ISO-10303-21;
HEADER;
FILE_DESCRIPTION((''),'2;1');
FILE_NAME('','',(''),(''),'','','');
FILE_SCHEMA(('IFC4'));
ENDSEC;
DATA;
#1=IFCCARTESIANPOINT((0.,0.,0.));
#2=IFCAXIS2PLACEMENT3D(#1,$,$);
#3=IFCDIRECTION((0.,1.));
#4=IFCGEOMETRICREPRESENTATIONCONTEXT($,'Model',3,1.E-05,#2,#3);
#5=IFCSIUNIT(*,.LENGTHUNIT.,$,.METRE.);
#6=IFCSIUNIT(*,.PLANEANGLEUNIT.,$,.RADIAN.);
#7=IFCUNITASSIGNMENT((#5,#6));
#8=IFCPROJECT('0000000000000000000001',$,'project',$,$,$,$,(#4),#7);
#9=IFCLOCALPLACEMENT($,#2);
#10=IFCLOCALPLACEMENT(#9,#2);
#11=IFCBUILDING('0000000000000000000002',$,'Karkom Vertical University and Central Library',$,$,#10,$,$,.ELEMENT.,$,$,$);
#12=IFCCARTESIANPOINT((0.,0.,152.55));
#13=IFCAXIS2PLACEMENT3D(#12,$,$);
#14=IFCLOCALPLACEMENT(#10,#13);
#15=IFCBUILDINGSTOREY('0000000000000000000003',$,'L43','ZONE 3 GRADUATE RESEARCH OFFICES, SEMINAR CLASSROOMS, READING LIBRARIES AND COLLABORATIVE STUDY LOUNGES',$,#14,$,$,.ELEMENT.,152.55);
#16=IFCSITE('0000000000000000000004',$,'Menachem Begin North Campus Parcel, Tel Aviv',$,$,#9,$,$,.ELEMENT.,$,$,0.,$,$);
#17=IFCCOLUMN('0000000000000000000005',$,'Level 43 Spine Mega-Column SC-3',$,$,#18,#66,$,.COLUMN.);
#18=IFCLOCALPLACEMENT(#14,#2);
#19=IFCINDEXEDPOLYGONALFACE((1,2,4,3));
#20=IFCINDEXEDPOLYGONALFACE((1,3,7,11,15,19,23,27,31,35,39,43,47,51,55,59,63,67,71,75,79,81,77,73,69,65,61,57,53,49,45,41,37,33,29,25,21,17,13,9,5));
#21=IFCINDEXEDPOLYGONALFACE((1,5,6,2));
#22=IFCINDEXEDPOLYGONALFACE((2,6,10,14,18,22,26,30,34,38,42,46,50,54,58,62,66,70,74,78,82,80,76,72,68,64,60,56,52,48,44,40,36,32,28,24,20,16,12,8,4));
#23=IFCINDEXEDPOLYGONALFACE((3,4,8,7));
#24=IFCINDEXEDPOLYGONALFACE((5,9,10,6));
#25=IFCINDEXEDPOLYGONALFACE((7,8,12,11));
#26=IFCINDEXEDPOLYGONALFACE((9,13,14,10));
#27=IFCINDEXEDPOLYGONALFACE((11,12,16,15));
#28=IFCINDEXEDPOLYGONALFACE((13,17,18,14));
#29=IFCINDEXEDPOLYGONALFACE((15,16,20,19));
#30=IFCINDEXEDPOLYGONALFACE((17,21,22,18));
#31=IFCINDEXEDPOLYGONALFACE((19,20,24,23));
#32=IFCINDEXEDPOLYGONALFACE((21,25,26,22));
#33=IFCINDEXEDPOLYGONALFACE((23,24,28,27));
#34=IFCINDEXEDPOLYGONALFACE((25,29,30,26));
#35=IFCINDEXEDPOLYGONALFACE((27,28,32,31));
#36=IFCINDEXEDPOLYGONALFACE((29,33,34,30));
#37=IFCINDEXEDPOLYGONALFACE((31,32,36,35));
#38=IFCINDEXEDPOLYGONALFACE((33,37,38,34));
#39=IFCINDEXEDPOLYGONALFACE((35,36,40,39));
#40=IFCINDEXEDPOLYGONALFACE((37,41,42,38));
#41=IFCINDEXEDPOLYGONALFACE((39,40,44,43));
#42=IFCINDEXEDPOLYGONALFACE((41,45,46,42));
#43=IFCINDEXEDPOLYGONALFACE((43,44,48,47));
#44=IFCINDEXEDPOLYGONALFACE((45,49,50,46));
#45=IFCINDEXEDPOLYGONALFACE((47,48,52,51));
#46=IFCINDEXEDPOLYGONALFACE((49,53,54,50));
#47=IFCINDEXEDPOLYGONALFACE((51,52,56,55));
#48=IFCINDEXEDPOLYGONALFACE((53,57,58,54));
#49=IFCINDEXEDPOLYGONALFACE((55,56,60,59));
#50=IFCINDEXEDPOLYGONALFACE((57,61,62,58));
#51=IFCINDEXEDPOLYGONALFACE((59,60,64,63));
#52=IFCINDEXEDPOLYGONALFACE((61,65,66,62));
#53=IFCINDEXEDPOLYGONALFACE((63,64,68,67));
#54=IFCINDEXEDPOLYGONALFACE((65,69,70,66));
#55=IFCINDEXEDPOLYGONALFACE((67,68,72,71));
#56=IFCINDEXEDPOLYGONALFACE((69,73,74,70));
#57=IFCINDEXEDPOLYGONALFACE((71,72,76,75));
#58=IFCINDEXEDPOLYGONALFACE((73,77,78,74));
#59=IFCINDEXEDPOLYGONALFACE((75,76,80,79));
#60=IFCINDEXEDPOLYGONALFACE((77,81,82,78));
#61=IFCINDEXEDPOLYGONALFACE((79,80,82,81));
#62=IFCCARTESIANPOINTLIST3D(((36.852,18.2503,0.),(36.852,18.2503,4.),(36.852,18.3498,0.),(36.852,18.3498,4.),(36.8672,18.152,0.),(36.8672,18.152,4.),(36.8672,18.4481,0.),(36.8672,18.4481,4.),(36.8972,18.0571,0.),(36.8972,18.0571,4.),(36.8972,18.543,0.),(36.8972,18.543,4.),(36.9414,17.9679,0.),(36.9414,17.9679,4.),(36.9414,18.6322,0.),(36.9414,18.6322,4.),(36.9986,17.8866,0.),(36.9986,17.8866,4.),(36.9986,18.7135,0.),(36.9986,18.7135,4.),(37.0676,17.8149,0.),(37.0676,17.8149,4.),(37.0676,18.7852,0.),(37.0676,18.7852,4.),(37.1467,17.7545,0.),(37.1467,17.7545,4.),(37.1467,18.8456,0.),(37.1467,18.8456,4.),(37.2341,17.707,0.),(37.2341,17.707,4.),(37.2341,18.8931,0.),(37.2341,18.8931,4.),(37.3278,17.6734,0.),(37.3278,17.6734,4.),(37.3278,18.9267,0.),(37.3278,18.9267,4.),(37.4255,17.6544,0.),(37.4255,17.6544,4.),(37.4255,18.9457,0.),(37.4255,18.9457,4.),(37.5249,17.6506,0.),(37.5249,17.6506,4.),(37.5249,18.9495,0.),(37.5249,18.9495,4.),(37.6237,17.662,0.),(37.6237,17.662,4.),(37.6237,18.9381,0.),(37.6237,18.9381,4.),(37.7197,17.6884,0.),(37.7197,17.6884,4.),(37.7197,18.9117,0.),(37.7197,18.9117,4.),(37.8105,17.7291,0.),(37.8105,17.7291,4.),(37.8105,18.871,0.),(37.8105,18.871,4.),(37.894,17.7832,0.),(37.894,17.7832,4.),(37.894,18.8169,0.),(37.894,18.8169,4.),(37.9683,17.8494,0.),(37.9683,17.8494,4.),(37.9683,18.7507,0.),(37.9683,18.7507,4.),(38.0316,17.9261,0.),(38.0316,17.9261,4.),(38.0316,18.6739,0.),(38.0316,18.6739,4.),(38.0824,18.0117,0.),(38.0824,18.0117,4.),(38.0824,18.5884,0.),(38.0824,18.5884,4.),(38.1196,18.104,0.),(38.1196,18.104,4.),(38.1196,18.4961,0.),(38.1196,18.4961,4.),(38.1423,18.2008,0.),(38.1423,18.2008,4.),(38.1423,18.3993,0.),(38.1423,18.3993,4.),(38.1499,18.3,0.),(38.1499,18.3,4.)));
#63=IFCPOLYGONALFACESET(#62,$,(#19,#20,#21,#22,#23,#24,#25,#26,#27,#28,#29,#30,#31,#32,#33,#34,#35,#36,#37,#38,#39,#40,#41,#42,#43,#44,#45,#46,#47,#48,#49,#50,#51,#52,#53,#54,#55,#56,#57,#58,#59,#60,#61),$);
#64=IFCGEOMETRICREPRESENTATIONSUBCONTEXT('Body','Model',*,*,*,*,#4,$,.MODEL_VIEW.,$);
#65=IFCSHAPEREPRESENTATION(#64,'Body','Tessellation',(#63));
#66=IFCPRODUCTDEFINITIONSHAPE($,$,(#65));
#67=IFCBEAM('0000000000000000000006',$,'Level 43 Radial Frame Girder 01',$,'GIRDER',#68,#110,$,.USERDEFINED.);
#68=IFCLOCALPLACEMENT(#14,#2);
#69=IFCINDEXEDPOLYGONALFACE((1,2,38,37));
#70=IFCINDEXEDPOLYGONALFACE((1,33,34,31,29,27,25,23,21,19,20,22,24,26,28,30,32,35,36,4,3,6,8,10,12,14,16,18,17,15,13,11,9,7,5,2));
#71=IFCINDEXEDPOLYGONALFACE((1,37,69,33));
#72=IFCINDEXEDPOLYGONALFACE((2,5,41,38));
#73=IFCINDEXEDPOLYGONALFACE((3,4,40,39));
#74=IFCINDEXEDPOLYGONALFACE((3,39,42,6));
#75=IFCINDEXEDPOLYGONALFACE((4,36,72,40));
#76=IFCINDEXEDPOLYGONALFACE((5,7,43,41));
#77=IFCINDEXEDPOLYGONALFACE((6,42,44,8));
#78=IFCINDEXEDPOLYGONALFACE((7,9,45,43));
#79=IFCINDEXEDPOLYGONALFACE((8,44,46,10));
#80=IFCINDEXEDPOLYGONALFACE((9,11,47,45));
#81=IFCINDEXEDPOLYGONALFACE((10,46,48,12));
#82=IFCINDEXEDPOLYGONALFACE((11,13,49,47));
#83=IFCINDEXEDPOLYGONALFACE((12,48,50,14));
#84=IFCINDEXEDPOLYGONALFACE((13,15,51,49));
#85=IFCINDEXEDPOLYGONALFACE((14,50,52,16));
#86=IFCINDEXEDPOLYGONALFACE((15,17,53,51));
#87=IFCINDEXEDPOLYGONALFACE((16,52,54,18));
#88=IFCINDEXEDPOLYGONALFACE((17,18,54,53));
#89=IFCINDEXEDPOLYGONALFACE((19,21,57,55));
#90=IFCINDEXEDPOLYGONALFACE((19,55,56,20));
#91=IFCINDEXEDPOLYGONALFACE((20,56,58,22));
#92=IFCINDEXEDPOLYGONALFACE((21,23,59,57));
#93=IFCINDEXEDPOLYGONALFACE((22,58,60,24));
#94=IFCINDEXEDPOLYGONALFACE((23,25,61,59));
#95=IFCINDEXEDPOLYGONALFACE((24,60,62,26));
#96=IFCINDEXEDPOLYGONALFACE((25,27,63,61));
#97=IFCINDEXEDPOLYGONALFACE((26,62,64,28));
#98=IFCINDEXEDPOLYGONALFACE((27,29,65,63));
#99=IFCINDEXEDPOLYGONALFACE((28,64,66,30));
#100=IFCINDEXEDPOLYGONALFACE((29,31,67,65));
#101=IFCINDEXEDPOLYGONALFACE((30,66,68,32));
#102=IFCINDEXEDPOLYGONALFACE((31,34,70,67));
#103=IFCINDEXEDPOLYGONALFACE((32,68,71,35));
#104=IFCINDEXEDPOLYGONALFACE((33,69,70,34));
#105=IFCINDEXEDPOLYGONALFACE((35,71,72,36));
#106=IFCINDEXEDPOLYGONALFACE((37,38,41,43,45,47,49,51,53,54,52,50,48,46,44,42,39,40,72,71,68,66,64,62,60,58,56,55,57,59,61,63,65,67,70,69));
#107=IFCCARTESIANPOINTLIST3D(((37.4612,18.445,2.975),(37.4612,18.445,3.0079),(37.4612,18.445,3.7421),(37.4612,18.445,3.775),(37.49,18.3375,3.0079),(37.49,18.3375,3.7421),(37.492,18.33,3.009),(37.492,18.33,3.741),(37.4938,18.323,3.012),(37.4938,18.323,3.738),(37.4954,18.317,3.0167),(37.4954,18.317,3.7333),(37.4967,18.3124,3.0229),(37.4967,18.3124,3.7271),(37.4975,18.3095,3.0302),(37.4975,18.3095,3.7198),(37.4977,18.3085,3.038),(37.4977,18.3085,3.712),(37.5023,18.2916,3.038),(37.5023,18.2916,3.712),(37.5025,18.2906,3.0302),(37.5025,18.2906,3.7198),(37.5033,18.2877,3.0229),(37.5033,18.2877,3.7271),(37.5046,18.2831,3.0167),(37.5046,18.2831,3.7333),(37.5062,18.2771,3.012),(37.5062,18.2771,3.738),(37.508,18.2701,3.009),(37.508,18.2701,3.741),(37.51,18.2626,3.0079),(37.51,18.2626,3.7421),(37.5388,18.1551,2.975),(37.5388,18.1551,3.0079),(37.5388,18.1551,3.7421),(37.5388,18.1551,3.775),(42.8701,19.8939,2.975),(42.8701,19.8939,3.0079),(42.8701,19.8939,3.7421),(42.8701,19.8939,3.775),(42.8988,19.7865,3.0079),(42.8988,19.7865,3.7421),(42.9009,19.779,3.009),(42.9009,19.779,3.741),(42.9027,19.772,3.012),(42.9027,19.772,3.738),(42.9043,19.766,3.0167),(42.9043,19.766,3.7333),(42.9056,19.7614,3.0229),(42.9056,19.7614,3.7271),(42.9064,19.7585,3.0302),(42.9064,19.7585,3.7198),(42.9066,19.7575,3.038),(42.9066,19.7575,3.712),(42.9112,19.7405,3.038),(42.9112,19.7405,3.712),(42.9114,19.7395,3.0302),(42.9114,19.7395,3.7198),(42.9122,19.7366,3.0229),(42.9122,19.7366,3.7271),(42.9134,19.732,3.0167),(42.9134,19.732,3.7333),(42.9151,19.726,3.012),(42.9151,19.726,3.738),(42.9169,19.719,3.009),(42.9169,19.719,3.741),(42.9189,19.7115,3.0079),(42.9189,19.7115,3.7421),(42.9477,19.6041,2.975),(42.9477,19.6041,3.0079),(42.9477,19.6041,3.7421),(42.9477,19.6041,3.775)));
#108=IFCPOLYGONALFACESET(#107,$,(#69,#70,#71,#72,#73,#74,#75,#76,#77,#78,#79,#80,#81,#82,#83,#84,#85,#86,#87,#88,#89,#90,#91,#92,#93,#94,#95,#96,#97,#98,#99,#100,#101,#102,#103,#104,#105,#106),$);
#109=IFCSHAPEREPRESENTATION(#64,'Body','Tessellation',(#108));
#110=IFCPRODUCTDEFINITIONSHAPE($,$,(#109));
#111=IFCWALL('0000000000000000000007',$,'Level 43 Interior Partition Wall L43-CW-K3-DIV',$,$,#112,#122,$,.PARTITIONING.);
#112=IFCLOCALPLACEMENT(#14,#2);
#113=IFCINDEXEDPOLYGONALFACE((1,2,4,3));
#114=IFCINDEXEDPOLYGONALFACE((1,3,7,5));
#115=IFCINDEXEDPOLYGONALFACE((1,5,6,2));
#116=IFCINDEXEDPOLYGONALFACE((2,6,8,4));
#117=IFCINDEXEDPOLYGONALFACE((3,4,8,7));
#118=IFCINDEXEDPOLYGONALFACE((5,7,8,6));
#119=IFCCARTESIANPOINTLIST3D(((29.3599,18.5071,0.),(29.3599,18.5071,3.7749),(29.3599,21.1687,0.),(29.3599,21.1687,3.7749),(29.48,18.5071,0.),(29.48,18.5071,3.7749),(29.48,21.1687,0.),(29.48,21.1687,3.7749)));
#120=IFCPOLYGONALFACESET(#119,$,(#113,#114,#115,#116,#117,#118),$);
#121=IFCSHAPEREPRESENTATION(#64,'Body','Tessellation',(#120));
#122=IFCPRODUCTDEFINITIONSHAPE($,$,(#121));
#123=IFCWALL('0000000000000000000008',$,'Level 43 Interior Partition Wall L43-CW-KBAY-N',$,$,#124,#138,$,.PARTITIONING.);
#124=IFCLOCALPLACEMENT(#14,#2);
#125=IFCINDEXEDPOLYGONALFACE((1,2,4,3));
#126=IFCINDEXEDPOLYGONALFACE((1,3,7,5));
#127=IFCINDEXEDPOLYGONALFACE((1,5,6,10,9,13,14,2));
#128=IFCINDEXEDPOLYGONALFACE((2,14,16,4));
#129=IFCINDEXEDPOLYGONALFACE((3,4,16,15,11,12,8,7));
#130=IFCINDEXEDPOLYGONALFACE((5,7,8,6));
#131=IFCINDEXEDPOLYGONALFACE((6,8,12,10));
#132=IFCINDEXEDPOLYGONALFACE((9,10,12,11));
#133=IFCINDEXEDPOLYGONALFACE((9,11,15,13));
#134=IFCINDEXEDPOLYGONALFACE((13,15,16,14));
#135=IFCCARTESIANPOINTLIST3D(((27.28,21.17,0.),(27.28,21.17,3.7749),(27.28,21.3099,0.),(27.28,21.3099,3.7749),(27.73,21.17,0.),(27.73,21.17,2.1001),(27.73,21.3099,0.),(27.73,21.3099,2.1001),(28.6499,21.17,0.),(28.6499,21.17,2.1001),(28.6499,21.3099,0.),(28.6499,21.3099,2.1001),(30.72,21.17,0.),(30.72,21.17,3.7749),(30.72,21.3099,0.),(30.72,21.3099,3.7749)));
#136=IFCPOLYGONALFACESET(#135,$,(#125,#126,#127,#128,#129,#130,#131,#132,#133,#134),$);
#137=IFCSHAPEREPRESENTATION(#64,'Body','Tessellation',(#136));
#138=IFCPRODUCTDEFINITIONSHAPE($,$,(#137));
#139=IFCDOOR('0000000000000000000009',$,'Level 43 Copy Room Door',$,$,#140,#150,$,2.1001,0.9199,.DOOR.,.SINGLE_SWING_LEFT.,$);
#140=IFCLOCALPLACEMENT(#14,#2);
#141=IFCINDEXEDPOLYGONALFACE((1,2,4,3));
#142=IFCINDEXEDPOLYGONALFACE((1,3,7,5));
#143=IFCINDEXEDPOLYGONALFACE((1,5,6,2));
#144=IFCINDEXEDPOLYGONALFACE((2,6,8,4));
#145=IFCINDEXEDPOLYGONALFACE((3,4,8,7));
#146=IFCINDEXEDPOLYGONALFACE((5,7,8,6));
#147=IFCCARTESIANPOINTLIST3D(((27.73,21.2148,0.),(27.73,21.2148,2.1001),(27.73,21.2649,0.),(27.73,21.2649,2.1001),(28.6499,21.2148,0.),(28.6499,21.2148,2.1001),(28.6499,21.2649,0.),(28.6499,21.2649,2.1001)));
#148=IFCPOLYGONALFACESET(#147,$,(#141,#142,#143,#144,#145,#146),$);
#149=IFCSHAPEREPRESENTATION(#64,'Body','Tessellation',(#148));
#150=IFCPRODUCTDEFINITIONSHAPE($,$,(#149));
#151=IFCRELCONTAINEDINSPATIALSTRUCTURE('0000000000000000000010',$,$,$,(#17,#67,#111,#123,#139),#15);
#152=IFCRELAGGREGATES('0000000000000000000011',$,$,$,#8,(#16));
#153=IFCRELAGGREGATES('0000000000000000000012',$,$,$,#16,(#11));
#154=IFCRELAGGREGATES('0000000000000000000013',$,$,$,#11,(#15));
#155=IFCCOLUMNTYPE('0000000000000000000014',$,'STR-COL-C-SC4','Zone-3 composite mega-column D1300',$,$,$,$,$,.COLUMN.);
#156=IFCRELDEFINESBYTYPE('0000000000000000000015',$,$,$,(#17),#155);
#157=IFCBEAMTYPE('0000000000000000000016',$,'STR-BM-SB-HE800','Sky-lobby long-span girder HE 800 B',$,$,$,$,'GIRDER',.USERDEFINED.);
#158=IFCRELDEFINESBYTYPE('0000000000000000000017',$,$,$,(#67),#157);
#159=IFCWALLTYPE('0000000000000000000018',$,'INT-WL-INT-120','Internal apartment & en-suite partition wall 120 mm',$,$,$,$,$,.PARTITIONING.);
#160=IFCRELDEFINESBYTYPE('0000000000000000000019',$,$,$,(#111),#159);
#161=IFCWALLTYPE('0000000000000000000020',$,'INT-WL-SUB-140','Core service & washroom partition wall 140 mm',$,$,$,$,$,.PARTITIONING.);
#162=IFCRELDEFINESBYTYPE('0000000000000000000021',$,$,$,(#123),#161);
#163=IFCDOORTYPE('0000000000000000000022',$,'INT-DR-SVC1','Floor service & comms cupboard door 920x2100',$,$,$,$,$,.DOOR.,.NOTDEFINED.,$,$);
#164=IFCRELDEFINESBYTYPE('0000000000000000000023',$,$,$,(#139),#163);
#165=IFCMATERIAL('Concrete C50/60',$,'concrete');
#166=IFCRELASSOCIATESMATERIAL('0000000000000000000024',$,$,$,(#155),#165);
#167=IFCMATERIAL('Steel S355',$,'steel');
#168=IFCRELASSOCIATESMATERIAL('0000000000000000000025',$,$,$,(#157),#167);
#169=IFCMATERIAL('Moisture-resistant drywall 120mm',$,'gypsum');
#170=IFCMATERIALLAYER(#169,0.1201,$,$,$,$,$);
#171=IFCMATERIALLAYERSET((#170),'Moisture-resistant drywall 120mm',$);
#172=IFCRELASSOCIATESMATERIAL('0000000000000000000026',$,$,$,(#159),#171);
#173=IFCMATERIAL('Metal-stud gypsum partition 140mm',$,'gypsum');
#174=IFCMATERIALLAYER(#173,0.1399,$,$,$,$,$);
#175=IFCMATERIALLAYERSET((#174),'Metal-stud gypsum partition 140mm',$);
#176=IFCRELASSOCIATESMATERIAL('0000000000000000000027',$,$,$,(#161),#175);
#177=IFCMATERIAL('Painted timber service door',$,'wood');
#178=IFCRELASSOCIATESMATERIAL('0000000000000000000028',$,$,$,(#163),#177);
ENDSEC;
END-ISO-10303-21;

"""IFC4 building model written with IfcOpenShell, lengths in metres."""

from ifc_helpers import new_model, si_unit, direction, frame, frame_2d, origin, origin_with_axes, origin_2d, place, context, subcontext, project, spatial, rectangle, circle, i_section, extrude, source, transform, mapped, material, layer, layer_set, material_profile, profile_set, type_object, element, fill, save


model = new_model("IFC4")

# Units and contexts
model_context = context("Model", 3, precision=1e-05, world=origin(), true_north=direction((0.0, 1.0)))
body_context = subcontext(model_context, "Body", "Model", "MODEL_VIEW")
ifc_project = project(units=[si_unit("LENGTHUNIT", "METRE"), si_unit("PLANEANGLEUNIT", "RADIAN")], contexts=[model_context])

# Site, building, storey
site_placement = place(None, origin())
site = spatial("IfcSite", under=ifc_project, at=site_placement, Name="Menachem Begin North Campus Parcel, Tel Aviv", CompositionType="ELEMENT", RefElevation=0.0)
building_placement = place(site_placement, origin())
building = spatial("IfcBuilding", under=site, at=building_placement, Name="Karkom Vertical University and Central Library", CompositionType="ELEMENT")
storey_placement = place(building_placement, frame((0.0, 0.0, 152.55)))
storey = spatial("IfcBuildingStorey", under=building, at=storey_placement, Name="L43", Description="ZONE 3 GRADUATE RESEARCH OFFICES, SEMINAR CLASSROOMS, READING LIBRARIES AND COLLABORATIVE STUDY LOUNGES", CompositionType="ELEMENT", Elevation=152.55)

# Column
ifc_material_1 = material(Name="Concrete C50/60", Category="concrete")
ifc_material_profile_1 = material_profile(ifc_material_1, circle(Radius=0.6499, at=origin_2d()), Name="CFT-D1300")
ifc_profile_set_1 = profile_set([ifc_material_profile_1], Name="Concrete C50/60")
column_type = type_object("IfcColumnType", Name="STR-COL-C-SC4", Description="Zone-3 composite mega-column D1300", PredefinedType="COLUMN", material=ifc_profile_set_1)
shared_shape_1 = source(origin_with_axes(), body_context, "Body", "SweptSolid", [
    extrude(circle(Radius=0.6499, at=origin_2d()), origin(), (0.0, 0.0, 1.0), 4.0),
])
column_placement = place(storey_placement, frame((37.5, 18.3, 0.0), z_axis=(0.0, 0.0, 1.0), x_axis=(1.0, 0.0, 0.0)))
element("IfcColumn", 1, at=column_placement, inside=storey, type_object=column_type, Name="Level 43 Spine Mega-Column SC-3", PredefinedType="COLUMN", context=body_context, shape_type="MappedRepresentation", body=[
    mapped(shared_shape_1, transform((0.0, 0.0, 0.0), scale=1.0)),
])

# Beam
ifc_material_2 = material(Name="Steel S355", Category="steel")
ifc_material_profile_2 = material_profile(ifc_material_2, i_section(OverallWidth=0.3, OverallDepth=0.8, WebThickness=0.0176, FlangeThickness=0.033, FilletRadius=0.03, at=origin_2d()), Name="HE 800 B")
ifc_profile_set_2 = profile_set([ifc_material_profile_2], Name="Steel S355")
beam_type = type_object("IfcBeamType", Name="STR-BM-SB-HE800", Description="Sky-lobby long-span girder HE 800 B", ElementType="GIRDER", PredefinedType="USERDEFINED", material=ifc_profile_set_2)
shared_shape_2 = source(origin_with_axes(), body_context, "Body", "SweptSolid", [
    extrude(i_section(OverallWidth=0.3, OverallDepth=0.8, WebThickness=0.0176, FlangeThickness=0.033, FilletRadius=0.03, at=origin_2d()), origin(), (0.0, 0.0, 1.0), 5.5996),
])
beam_placement = place(storey_placement, frame((37.5, 18.3, 3.375), z_axis=(0.965941, 0.258762, 0.0), x_axis=(-0.258762, 0.965941, 0.0)))
element("IfcBeam", 2, at=beam_placement, inside=storey, type_object=beam_type, Name="Level 43 Radial Frame Girder 01", ObjectType="GIRDER", PredefinedType="USERDEFINED", context=body_context, shape_type="MappedRepresentation", body=[
    mapped(shared_shape_2, transform((0.0, 0.0, 0.0), scale=1.0)),
])

# Wall
ifc_material_3 = material(Name="Moisture-resistant drywall 120mm", Category="gypsum")
ifc_layer_1 = layer(ifc_material_3, 0.1201)
ifc_layer_set_1 = layer_set([ifc_layer_1], Name="Moisture-resistant drywall 120mm")
wall_type_1 = type_object("IfcWallType", Name="INT-WL-INT-120", Description="Internal apartment & en-suite partition wall 120 mm", PredefinedType="PARTITIONING", material=ifc_layer_set_1)
wall_1_placement = place(storey_placement, frame((29.4199, 18.5071, 0.0), z_axis=(0.0, 0.0, 1.0), x_axis=(0.0, 1.0, 0.0)))
element("IfcWall", 3, at=wall_1_placement, inside=storey, type_object=wall_type_1, Name="Level 43 Interior Partition Wall L43-CW-K3-DIV", PredefinedType="PARTITIONING", context=body_context, shape_type="SweptSolid", body=[
    extrude(rectangle(XDim=2.6616, YDim=0.1201, at=frame_2d((1.3308, 0.0))), origin(), (0.0, 0.0, 1.0), 3.7749),
])

# Wall, opening, door
ifc_material_4 = material(Name="Metal-stud gypsum partition 140mm", Category="gypsum")
ifc_layer_2 = layer(ifc_material_4, 0.1399)
ifc_layer_set_2 = layer_set([ifc_layer_2], Name="Metal-stud gypsum partition 140mm")
wall_type_2 = type_object("IfcWallType", Name="INT-WL-SUB-140", Description="Core service & washroom partition wall 140 mm", PredefinedType="PARTITIONING", material=ifc_layer_set_2)
wall_2_placement = place(storey_placement, frame((27.28, 21.24, 0.0), z_axis=(0.0, 0.0, 1.0), x_axis=(1.0, 0.0, 0.0)))
wall_2 = element("IfcWall", 4, at=wall_2_placement, inside=storey, type_object=wall_type_2, Name="Level 43 Interior Partition Wall L43-CW-KBAY-N", PredefinedType="PARTITIONING", context=body_context, shape_type="SweptSolid", body=[
    extrude(rectangle(XDim=3.4399, YDim=0.1399, at=frame_2d((1.72, 0.0))), origin(), (0.0, 0.0, 1.0), 3.7749),
])
opening_1_placement = place(wall_2_placement, frame((0.45, 0.0, 0.0)))
opening_1 = element("IfcOpeningElement", 5, at=opening_1_placement, cuts=wall_2, PredefinedType="OPENING", context=body_context, shape_type="SweptSolid", body=[
    extrude(rectangle(XDim=0.9199, YDim=2.1001, at=frame_2d((0.46, 1.05))), frame((0.0, 0.0801, 0.0), z_axis=(0.0, -1.0, 0.0), x_axis=(1.0, 0.0, 0.0)), (0.0, 0.0, 1.0), 0.1599),
])
ifc_material_5 = material(Name="Painted timber service door", Category="wood")
door_type_1 = type_object("IfcDoorType", Name="INT-DR-SVC1", Description="Floor service & comms cupboard door 920x2100", OperationType="NOTDEFINED", PredefinedType="DOOR", material=ifc_material_5)
shared_shape_3 = source(origin_with_axes(), body_context, "Body", "SweptSolid", [
    extrude(rectangle(XDim=0.9199, YDim=2.1001, at=frame_2d((0.46, 1.05))), frame((0.0, 0.0249, 0.0), z_axis=(0.0, -1.0, 0.0), x_axis=(1.0, 0.0, 0.0)), (0.0, 0.0, 1.0), 0.05),
])
door_1_placement = place(opening_1_placement, origin())
door_1 = element("IfcDoor", 6, at=door_1_placement, inside=storey, type_object=door_type_1, Name="Level 43 Copy Room Door", OperationType="SINGLE_SWING_LEFT", OverallHeight=2.1001, OverallWidth=0.9199, PredefinedType="DOOR", context=body_context, shape_type="MappedRepresentation", body=[
    mapped(shared_shape_3, transform((0.0, 0.0, 0.0), scale=1.0)),
])
fill(opening_1, door_1)

save(model, "model.ifc")
